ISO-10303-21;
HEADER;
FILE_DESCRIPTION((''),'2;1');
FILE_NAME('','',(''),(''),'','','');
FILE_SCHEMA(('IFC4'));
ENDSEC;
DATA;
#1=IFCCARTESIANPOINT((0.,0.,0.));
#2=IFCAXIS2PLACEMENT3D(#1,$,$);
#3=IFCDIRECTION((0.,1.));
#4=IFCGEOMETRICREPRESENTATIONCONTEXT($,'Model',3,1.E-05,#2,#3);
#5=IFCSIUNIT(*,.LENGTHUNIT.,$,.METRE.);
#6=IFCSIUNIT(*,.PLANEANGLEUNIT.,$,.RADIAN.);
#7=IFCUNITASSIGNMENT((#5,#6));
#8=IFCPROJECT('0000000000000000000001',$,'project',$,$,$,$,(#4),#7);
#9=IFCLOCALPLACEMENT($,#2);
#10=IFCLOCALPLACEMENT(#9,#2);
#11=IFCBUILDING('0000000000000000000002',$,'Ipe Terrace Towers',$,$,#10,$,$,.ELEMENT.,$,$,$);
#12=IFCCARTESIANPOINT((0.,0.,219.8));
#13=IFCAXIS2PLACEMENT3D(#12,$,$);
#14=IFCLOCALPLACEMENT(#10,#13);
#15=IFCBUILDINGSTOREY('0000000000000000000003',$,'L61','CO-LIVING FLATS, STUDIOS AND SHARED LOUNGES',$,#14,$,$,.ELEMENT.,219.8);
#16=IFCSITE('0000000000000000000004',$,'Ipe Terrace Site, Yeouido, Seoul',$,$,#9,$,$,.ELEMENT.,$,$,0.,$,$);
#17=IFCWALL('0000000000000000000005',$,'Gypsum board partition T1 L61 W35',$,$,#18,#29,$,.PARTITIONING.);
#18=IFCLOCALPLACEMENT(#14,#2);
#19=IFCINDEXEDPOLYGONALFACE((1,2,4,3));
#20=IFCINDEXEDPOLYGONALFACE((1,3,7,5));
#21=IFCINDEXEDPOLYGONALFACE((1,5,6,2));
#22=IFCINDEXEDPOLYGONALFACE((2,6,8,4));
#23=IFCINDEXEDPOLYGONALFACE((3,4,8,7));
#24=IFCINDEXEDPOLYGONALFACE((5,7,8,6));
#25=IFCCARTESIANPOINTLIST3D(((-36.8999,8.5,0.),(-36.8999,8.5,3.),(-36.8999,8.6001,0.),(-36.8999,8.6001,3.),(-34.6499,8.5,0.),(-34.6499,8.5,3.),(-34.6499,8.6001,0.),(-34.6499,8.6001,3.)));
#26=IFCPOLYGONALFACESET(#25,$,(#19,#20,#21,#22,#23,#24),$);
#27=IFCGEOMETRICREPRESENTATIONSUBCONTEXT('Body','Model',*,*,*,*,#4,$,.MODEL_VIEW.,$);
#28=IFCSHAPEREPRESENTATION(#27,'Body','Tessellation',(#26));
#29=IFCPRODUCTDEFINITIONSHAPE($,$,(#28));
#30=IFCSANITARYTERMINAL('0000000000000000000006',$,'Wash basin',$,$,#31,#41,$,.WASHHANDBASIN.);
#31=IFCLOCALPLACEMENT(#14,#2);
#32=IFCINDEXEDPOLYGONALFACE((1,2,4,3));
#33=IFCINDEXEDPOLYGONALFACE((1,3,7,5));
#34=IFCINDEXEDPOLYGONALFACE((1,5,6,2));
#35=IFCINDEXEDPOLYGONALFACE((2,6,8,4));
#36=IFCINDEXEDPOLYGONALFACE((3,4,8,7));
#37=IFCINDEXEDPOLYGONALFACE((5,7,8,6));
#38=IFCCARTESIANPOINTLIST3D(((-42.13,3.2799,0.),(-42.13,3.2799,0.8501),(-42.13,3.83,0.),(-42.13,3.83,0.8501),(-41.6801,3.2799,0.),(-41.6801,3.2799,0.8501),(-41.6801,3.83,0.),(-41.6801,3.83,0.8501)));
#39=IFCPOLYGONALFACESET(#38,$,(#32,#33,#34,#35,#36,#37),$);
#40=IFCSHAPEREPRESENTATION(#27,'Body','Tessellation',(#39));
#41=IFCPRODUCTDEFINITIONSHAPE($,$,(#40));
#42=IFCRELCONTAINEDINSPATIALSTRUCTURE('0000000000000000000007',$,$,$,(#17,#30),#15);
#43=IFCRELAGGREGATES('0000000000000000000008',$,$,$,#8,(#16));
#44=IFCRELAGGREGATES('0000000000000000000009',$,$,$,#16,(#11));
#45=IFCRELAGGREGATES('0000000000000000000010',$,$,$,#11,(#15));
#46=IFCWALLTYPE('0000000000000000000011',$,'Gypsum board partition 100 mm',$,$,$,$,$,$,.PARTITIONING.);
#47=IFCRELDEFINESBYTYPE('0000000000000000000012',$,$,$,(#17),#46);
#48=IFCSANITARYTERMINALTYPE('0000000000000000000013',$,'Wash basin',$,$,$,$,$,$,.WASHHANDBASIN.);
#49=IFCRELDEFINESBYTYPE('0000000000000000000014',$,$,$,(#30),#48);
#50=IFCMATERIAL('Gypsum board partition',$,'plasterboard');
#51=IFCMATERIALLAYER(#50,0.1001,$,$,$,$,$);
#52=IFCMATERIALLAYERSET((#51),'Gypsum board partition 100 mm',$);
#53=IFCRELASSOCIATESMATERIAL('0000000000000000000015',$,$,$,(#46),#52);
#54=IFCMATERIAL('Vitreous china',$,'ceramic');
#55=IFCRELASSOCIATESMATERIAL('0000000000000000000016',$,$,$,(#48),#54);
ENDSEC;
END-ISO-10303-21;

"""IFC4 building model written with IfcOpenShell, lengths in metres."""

from ifc_helpers import new_model, si_unit, direction, frame, frame_2d, origin, origin_2d, place, context, subcontext, project, spatial, rectangle, extrude, material, layer, layer_set, type_object, element, save


model = new_model("IFC4")

# Units and contexts
model_context = context("Model", 3, precision=1e-05, world=origin(), true_north=direction((0.0, 1.0)))
body_context = subcontext(model_context, "Body", "Model", "MODEL_VIEW")
ifc_project = project(units=[si_unit("LENGTHUNIT", "METRE"), si_unit("PLANEANGLEUNIT", "RADIAN")], contexts=[model_context])

# Site, building, storey
site_placement = place(None, origin())
site = spatial("IfcSite", under=ifc_project, at=site_placement, Name="Ipe Terrace Site, Yeouido, Seoul", CompositionType="ELEMENT", RefElevation=0.0)
building_placement = place(site_placement, origin())
building = spatial("IfcBuilding", under=site, at=building_placement, Name="Ipe Terrace Towers", CompositionType="ELEMENT")
storey_placement = place(building_placement, frame((0.0, 0.0, 219.8)))
storey = spatial("IfcBuildingStorey", under=building, at=storey_placement, Name="L61", Description="CO-LIVING FLATS, STUDIOS AND SHARED LOUNGES", CompositionType="ELEMENT", Elevation=219.8)

# Shared definitions
ifc_material_1 = material(Name="Gypsum board partition", Category="plasterboard")
ifc_layer_1 = layer(ifc_material_1, 0.1001)
ifc_layer_set_1 = layer_set([ifc_layer_1], Name="Gypsum board partition 100 mm")
wall_type_1 = type_object("IfcWallType", Name="Gypsum board partition 100 mm", PredefinedType="PARTITIONING", material=ifc_layer_set_1)

# Wall
wall_1_placement = place(storey_placement, frame((-36.8999, 8.55, 0.0), z_axis=(0.0, 0.0, 1.0), x_axis=(1.0, 0.0, 0.0)))
element("IfcWall", 1, at=wall_1_placement, inside=storey, type_object=wall_type_1, Name="Gypsum board partition T1 L61 W35", PredefinedType="PARTITIONING", context=body_context, shape_type="SweptSolid", body=[
    extrude(rectangle(XDim=2.25, YDim=0.1001, at=frame_2d((1.125, 0.0))), origin(), (0.0, 0.0, 1.0), 3.0),
])

# Sanitary terminal
ifc_material_2 = material(Name="Vitreous china", Category="ceramic")
sanitary_terminal_type = type_object("IfcSanitaryTerminalType", Name="Wash basin", PredefinedType="WASHHANDBASIN", material=ifc_material_2)
sanitary_terminal_placement = place(storey_placement, frame((-41.905, 3.5549, 0.0), z_axis=(0.0, 0.0, 1.0), x_axis=(0.0, -1.0, 0.0)))
element("IfcSanitaryTerminal", 2, at=sanitary_terminal_placement, inside=storey, type_object=sanitary_terminal_type, Name="Wash basin", PredefinedType="WASHHANDBASIN", context=body_context, shape_type="SweptSolid", body=[
    extrude(rectangle(XDim=0.55, YDim=0.45, at=origin_2d()), origin(), (0.0, 0.0, 1.0), 0.8501),
])

save(model, "model.ifc")
